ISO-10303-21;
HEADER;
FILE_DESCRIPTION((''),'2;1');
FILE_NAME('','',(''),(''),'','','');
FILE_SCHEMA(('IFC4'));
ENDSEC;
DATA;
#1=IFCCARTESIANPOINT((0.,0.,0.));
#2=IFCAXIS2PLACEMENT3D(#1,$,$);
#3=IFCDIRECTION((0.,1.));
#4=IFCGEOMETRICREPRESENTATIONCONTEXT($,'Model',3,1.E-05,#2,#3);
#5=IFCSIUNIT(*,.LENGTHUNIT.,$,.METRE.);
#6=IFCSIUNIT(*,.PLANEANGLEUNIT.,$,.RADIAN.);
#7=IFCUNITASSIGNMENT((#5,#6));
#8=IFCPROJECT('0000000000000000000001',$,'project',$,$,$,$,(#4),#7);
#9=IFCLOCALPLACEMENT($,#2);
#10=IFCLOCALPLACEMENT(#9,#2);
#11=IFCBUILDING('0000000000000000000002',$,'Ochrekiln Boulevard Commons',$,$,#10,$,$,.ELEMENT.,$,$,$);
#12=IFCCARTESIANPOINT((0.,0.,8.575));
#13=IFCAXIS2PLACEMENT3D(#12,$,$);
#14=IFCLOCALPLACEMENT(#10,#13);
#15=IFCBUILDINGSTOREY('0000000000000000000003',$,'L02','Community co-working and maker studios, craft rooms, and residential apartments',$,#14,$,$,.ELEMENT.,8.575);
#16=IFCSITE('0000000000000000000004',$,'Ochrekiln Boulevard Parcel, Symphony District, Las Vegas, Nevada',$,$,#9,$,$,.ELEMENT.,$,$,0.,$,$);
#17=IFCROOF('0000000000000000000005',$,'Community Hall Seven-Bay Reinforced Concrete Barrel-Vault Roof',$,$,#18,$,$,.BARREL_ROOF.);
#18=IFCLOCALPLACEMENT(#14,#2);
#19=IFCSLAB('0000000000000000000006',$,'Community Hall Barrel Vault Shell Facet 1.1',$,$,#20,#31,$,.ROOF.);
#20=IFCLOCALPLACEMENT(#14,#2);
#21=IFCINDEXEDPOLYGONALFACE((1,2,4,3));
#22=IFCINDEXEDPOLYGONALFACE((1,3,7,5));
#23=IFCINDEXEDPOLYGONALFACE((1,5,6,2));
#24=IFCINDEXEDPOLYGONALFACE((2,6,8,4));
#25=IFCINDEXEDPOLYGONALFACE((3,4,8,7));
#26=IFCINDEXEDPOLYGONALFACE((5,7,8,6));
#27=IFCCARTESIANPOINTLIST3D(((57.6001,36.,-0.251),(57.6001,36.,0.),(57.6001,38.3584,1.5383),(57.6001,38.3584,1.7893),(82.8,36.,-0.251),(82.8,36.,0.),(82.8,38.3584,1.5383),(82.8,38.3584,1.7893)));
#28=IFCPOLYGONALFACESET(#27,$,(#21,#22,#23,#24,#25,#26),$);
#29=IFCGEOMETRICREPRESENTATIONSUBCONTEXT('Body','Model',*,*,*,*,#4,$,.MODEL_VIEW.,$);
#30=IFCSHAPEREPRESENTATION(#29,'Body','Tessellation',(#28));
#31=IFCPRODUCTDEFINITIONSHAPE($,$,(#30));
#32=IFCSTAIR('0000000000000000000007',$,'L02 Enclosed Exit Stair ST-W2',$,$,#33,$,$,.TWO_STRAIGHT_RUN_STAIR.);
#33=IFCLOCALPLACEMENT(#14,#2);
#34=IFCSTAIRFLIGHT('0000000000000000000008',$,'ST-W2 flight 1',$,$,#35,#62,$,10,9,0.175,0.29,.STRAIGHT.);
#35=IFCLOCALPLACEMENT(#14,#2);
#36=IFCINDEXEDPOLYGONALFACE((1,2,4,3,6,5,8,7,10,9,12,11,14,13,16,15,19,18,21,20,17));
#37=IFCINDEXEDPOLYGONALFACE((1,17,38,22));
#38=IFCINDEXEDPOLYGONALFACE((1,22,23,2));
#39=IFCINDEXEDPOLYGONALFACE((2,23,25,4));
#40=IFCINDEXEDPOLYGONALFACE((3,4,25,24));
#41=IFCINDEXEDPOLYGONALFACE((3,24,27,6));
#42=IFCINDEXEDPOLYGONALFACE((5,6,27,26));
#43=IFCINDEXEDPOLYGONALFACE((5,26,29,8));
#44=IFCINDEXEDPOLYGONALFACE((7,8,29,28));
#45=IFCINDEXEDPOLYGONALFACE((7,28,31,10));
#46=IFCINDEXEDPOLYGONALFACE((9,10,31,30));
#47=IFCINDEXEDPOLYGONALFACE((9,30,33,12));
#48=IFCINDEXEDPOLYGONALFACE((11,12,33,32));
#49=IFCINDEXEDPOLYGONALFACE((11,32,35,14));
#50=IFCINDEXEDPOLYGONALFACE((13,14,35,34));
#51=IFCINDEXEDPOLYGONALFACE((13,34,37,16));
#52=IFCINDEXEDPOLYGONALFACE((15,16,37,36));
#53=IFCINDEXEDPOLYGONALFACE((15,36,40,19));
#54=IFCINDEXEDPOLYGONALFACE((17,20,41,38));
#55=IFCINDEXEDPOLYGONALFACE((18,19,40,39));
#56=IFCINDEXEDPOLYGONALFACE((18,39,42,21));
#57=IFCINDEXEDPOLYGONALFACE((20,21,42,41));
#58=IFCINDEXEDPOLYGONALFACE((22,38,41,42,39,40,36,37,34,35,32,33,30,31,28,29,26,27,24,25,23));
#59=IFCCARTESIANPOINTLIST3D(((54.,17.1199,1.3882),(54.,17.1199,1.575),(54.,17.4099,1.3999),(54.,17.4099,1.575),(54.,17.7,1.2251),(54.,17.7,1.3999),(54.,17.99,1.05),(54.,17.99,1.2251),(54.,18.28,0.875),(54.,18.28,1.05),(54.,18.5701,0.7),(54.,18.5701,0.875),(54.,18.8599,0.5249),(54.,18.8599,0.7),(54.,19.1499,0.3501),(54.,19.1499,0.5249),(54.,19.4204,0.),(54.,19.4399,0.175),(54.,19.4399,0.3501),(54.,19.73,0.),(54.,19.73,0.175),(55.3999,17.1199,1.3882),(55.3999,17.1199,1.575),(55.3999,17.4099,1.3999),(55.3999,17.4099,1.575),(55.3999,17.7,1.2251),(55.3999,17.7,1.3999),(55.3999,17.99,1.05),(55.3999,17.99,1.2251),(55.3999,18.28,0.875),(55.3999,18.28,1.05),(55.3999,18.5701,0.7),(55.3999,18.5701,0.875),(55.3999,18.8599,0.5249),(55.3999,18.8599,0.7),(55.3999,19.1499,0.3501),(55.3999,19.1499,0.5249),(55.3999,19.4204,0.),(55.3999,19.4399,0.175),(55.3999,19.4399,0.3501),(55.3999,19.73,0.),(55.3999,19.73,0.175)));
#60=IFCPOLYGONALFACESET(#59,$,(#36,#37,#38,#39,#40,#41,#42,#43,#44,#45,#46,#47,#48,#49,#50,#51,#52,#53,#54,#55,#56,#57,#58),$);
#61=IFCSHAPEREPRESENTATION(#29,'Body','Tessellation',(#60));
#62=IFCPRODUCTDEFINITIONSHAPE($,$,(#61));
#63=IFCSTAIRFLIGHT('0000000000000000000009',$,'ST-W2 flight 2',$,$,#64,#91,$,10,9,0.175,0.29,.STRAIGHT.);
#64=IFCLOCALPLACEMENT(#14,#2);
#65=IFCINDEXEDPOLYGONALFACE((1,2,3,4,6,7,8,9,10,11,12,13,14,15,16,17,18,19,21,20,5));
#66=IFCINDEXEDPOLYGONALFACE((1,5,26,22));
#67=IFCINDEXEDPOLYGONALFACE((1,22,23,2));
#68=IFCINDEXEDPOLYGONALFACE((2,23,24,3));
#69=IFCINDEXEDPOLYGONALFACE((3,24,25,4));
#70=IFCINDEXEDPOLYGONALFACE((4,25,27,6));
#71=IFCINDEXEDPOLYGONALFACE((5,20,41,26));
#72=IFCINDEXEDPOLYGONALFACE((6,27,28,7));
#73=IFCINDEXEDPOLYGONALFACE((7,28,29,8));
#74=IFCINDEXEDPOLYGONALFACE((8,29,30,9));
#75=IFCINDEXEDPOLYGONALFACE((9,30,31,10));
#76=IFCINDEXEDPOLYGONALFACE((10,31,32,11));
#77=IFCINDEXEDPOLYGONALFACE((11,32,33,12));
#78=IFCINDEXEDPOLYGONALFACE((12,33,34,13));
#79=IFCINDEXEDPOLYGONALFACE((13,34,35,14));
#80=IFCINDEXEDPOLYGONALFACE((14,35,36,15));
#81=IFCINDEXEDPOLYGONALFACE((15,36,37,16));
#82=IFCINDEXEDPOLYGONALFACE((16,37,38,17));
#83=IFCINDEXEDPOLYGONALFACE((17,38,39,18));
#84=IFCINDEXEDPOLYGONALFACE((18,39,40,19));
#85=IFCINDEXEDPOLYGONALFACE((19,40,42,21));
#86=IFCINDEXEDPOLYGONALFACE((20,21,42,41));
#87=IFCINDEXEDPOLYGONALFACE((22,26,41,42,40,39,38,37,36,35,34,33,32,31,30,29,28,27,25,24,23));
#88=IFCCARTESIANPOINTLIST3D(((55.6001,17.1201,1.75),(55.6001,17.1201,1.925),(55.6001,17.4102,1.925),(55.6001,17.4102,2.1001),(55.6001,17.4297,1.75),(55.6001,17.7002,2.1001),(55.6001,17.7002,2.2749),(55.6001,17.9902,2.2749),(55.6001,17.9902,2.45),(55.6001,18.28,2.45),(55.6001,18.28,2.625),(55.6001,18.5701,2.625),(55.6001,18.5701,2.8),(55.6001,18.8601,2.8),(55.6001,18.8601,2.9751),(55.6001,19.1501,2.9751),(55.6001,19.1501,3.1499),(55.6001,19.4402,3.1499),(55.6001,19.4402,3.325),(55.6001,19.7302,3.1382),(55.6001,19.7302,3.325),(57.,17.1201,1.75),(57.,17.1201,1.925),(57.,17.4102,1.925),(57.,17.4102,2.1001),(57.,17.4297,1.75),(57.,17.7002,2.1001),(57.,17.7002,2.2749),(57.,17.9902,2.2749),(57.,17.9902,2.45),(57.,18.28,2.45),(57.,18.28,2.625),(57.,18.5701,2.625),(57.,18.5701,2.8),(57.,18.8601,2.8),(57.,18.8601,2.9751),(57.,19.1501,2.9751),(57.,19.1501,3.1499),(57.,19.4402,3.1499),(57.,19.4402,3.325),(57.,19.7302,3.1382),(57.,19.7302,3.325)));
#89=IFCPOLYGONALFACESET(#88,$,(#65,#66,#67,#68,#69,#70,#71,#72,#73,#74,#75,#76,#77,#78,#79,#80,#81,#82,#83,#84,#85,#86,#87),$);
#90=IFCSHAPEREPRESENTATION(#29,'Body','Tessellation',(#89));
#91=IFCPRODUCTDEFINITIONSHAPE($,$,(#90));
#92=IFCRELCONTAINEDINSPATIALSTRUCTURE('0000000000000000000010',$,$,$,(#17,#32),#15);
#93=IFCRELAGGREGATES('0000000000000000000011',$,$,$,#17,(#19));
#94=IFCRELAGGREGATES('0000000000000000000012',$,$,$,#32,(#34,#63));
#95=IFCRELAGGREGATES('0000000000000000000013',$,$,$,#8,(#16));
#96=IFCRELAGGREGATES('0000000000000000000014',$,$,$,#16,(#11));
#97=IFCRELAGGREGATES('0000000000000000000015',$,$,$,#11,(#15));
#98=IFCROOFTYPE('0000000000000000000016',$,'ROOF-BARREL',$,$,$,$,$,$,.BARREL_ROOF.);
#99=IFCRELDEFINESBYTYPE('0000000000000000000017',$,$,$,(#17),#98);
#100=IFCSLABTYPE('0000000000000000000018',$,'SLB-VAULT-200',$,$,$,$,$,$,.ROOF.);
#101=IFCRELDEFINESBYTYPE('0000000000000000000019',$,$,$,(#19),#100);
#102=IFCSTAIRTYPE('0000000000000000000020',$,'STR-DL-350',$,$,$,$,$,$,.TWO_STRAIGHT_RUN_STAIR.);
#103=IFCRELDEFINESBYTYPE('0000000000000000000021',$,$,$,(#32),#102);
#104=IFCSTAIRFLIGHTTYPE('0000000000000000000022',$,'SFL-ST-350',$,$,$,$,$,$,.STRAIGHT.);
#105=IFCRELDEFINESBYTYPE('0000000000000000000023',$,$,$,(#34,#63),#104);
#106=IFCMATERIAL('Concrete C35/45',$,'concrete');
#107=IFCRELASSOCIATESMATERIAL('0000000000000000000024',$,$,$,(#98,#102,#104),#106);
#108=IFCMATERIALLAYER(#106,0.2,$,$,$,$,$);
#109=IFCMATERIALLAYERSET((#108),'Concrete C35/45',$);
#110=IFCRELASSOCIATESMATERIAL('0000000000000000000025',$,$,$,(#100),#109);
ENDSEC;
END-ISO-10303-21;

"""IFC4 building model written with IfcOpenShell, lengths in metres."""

from ifc_helpers import new_model, si_unit, direction, frame, origin, place, context, subcontext, project, spatial, polyline, outline, extrude, material, layer, layer_set, type_object, element, aggregate, save


model = new_model("IFC4")

# Units and contexts
model_context = context("Model", 3, precision=1e-05, world=origin(), true_north=direction((0.0, 1.0)))
body_context = subcontext(model_context, "Body", "Model", "MODEL_VIEW")
ifc_project = project(units=[si_unit("LENGTHUNIT", "METRE"), si_unit("PLANEANGLEUNIT", "RADIAN")], contexts=[model_context])

# Site, building, storey
site_placement = place(None, origin())
site = spatial("IfcSite", under=ifc_project, at=site_placement, Name="Ochrekiln Boulevard Parcel, Symphony District, Las Vegas, Nevada", CompositionType="ELEMENT", RefElevation=0.0)
building_placement = place(site_placement, origin())
building = spatial("IfcBuilding", under=site, at=building_placement, Name="Ochrekiln Boulevard Commons", CompositionType="ELEMENT")
storey_placement = place(building_placement, frame((0.0, 0.0, 8.575)))
storey = spatial("IfcBuildingStorey", under=building, at=storey_placement, Name="L02", Description="Community co-working and maker studios, craft rooms, and residential apartments", CompositionType="ELEMENT", Elevation=8.575)

# Shared definitions
ifc_material_1 = material(Name="Concrete C35/45", Category="concrete")

# Roof, slab
roof_type = type_object("IfcRoofType", Name="ROOF-BARREL", PredefinedType="BARREL_ROOF", material=ifc_material_1)
roof_placement = place(storey_placement, origin())
roof = element("IfcRoof", 1, at=roof_placement, inside=storey, type_object=roof_type, Name="Community Hall Seven-Bay Reinforced Concrete Barrel-Vault Roof", PredefinedType="BARREL_ROOF")
ifc_layer = layer(ifc_material_1, 0.2)
ifc_layer_set = layer_set([ifc_layer], Name="Concrete C35/45")
slab_type = type_object("IfcSlabType", Name="SLB-VAULT-200", PredefinedType="ROOF", material=ifc_layer_set)
slab_placement = place(storey_placement, frame((57.6001, 36.0, 0.0), z_axis=(1.0, 0.0, 0.0), x_axis=(0.0, 1.0, 0.0)))
slab = element("IfcSlab", 2, at=slab_placement, type_object=slab_type, Name="Community Hall Barrel Vault Shell Facet 1.1", PredefinedType="ROOF", context=body_context, shape_type="SweptSolid", body=[
    extrude(outline(polyline([(0.0, 0.0), (2.3584, 1.7893), (2.3584, 1.5383), (0.0, -0.251), (0.0, 0.0)])), origin(), (0.0, 0.0, 1.0), 25.2),
])
aggregate(roof, [slab])

# Stair, stair flights
stair_type = type_object("IfcStairType", Name="STR-DL-350", PredefinedType="TWO_STRAIGHT_RUN_STAIR", material=ifc_material_1)
stair_placement = place(storey_placement, origin())
stair = element("IfcStair", 3, at=stair_placement, inside=storey, type_object=stair_type, Name="L02 Enclosed Exit Stair ST-W2", PredefinedType="TWO_STRAIGHT_RUN_STAIR")
stair_flight_type = type_object("IfcStairFlightType", Name="SFL-ST-350", PredefinedType="STRAIGHT", material=ifc_material_1)
stair_flight_1_placement = place(storey_placement, frame((54.7, 19.73, 0.0), z_axis=(0.0, 0.0, 1.0), x_axis=(0.0, -1.0, 0.0)))
stair_flight_1 = element("IfcStairFlight", 4, at=stair_flight_1_placement, type_object=stair_flight_type, Name="ST-W2 flight 1", NumberOfRisers=10, NumberOfTreads=9, PredefinedType="STRAIGHT", RiserHeight=0.175, TreadLength=0.29, context=body_context, shape_type="SweptSolid", body=[
    extrude(outline(polyline([(0.0, 0.0), (0.0, 0.175), (0.29, 0.175), (0.29, 0.3501), (0.5801, 0.3501), (0.5801, 0.5249), (0.8701, 0.5249), (0.8701, 0.7), (1.1599, 0.7), (1.1599, 0.875), (1.45, 0.875), (1.45, 1.05), (1.74, 1.05), (1.74, 1.2251), (2.03, 1.2251), (2.03, 1.3999), (2.3201, 1.3999), (2.3201, 1.575), (2.6101, 1.575), (2.6101, 1.75), (2.6101, 1.3882), (0.3096, 0.0), (0.0, 0.0)])), frame((0.0, 0.7, 0.0), z_axis=(0.0, -1.0, 0.0), x_axis=(1.0, 0.0, 0.0)), (0.0, 0.0, 1.0), 1.3999),
])
stair_flight_2_placement = place(storey_placement, frame((56.3, 17.1201, 1.75), z_axis=(0.0, 0.0, 1.0), x_axis=(0.0, 1.0, 0.0)))
stair_flight_2 = element("IfcStairFlight", 5, at=stair_flight_2_placement, type_object=stair_flight_type, Name="ST-W2 flight 2", NumberOfRisers=10, NumberOfTreads=9, PredefinedType="STRAIGHT", RiserHeight=0.175, TreadLength=0.29, context=body_context, shape_type="SweptSolid", body=[
    extrude(outline(polyline([(0.0, 0.0), (0.0, 0.175), (0.29, 0.175), (0.29, 0.3501), (0.5801, 0.3501), (0.5801, 0.5249), (0.8701, 0.5249), (0.8701, 0.7), (1.1599, 0.7), (1.1599, 0.875), (1.45, 0.875), (1.45, 1.05), (1.74, 1.05), (1.74, 1.2251), (2.03, 1.2251), (2.03, 1.3999), (2.3201, 1.3999), (2.3201, 1.575), (2.6101, 1.575), (2.6101, 1.75), (2.6101, 1.3882), (0.3096, 0.0), (0.0, 0.0)])), frame((0.0, 0.7, 0.0), z_axis=(0.0, -1.0, 0.0), x_axis=(1.0, 0.0, 0.0)), (0.0, 0.0, 1.0), 1.3999),
])
aggregate(stair, [stair_flight_1, stair_flight_2])

save(model, "model.ifc")
